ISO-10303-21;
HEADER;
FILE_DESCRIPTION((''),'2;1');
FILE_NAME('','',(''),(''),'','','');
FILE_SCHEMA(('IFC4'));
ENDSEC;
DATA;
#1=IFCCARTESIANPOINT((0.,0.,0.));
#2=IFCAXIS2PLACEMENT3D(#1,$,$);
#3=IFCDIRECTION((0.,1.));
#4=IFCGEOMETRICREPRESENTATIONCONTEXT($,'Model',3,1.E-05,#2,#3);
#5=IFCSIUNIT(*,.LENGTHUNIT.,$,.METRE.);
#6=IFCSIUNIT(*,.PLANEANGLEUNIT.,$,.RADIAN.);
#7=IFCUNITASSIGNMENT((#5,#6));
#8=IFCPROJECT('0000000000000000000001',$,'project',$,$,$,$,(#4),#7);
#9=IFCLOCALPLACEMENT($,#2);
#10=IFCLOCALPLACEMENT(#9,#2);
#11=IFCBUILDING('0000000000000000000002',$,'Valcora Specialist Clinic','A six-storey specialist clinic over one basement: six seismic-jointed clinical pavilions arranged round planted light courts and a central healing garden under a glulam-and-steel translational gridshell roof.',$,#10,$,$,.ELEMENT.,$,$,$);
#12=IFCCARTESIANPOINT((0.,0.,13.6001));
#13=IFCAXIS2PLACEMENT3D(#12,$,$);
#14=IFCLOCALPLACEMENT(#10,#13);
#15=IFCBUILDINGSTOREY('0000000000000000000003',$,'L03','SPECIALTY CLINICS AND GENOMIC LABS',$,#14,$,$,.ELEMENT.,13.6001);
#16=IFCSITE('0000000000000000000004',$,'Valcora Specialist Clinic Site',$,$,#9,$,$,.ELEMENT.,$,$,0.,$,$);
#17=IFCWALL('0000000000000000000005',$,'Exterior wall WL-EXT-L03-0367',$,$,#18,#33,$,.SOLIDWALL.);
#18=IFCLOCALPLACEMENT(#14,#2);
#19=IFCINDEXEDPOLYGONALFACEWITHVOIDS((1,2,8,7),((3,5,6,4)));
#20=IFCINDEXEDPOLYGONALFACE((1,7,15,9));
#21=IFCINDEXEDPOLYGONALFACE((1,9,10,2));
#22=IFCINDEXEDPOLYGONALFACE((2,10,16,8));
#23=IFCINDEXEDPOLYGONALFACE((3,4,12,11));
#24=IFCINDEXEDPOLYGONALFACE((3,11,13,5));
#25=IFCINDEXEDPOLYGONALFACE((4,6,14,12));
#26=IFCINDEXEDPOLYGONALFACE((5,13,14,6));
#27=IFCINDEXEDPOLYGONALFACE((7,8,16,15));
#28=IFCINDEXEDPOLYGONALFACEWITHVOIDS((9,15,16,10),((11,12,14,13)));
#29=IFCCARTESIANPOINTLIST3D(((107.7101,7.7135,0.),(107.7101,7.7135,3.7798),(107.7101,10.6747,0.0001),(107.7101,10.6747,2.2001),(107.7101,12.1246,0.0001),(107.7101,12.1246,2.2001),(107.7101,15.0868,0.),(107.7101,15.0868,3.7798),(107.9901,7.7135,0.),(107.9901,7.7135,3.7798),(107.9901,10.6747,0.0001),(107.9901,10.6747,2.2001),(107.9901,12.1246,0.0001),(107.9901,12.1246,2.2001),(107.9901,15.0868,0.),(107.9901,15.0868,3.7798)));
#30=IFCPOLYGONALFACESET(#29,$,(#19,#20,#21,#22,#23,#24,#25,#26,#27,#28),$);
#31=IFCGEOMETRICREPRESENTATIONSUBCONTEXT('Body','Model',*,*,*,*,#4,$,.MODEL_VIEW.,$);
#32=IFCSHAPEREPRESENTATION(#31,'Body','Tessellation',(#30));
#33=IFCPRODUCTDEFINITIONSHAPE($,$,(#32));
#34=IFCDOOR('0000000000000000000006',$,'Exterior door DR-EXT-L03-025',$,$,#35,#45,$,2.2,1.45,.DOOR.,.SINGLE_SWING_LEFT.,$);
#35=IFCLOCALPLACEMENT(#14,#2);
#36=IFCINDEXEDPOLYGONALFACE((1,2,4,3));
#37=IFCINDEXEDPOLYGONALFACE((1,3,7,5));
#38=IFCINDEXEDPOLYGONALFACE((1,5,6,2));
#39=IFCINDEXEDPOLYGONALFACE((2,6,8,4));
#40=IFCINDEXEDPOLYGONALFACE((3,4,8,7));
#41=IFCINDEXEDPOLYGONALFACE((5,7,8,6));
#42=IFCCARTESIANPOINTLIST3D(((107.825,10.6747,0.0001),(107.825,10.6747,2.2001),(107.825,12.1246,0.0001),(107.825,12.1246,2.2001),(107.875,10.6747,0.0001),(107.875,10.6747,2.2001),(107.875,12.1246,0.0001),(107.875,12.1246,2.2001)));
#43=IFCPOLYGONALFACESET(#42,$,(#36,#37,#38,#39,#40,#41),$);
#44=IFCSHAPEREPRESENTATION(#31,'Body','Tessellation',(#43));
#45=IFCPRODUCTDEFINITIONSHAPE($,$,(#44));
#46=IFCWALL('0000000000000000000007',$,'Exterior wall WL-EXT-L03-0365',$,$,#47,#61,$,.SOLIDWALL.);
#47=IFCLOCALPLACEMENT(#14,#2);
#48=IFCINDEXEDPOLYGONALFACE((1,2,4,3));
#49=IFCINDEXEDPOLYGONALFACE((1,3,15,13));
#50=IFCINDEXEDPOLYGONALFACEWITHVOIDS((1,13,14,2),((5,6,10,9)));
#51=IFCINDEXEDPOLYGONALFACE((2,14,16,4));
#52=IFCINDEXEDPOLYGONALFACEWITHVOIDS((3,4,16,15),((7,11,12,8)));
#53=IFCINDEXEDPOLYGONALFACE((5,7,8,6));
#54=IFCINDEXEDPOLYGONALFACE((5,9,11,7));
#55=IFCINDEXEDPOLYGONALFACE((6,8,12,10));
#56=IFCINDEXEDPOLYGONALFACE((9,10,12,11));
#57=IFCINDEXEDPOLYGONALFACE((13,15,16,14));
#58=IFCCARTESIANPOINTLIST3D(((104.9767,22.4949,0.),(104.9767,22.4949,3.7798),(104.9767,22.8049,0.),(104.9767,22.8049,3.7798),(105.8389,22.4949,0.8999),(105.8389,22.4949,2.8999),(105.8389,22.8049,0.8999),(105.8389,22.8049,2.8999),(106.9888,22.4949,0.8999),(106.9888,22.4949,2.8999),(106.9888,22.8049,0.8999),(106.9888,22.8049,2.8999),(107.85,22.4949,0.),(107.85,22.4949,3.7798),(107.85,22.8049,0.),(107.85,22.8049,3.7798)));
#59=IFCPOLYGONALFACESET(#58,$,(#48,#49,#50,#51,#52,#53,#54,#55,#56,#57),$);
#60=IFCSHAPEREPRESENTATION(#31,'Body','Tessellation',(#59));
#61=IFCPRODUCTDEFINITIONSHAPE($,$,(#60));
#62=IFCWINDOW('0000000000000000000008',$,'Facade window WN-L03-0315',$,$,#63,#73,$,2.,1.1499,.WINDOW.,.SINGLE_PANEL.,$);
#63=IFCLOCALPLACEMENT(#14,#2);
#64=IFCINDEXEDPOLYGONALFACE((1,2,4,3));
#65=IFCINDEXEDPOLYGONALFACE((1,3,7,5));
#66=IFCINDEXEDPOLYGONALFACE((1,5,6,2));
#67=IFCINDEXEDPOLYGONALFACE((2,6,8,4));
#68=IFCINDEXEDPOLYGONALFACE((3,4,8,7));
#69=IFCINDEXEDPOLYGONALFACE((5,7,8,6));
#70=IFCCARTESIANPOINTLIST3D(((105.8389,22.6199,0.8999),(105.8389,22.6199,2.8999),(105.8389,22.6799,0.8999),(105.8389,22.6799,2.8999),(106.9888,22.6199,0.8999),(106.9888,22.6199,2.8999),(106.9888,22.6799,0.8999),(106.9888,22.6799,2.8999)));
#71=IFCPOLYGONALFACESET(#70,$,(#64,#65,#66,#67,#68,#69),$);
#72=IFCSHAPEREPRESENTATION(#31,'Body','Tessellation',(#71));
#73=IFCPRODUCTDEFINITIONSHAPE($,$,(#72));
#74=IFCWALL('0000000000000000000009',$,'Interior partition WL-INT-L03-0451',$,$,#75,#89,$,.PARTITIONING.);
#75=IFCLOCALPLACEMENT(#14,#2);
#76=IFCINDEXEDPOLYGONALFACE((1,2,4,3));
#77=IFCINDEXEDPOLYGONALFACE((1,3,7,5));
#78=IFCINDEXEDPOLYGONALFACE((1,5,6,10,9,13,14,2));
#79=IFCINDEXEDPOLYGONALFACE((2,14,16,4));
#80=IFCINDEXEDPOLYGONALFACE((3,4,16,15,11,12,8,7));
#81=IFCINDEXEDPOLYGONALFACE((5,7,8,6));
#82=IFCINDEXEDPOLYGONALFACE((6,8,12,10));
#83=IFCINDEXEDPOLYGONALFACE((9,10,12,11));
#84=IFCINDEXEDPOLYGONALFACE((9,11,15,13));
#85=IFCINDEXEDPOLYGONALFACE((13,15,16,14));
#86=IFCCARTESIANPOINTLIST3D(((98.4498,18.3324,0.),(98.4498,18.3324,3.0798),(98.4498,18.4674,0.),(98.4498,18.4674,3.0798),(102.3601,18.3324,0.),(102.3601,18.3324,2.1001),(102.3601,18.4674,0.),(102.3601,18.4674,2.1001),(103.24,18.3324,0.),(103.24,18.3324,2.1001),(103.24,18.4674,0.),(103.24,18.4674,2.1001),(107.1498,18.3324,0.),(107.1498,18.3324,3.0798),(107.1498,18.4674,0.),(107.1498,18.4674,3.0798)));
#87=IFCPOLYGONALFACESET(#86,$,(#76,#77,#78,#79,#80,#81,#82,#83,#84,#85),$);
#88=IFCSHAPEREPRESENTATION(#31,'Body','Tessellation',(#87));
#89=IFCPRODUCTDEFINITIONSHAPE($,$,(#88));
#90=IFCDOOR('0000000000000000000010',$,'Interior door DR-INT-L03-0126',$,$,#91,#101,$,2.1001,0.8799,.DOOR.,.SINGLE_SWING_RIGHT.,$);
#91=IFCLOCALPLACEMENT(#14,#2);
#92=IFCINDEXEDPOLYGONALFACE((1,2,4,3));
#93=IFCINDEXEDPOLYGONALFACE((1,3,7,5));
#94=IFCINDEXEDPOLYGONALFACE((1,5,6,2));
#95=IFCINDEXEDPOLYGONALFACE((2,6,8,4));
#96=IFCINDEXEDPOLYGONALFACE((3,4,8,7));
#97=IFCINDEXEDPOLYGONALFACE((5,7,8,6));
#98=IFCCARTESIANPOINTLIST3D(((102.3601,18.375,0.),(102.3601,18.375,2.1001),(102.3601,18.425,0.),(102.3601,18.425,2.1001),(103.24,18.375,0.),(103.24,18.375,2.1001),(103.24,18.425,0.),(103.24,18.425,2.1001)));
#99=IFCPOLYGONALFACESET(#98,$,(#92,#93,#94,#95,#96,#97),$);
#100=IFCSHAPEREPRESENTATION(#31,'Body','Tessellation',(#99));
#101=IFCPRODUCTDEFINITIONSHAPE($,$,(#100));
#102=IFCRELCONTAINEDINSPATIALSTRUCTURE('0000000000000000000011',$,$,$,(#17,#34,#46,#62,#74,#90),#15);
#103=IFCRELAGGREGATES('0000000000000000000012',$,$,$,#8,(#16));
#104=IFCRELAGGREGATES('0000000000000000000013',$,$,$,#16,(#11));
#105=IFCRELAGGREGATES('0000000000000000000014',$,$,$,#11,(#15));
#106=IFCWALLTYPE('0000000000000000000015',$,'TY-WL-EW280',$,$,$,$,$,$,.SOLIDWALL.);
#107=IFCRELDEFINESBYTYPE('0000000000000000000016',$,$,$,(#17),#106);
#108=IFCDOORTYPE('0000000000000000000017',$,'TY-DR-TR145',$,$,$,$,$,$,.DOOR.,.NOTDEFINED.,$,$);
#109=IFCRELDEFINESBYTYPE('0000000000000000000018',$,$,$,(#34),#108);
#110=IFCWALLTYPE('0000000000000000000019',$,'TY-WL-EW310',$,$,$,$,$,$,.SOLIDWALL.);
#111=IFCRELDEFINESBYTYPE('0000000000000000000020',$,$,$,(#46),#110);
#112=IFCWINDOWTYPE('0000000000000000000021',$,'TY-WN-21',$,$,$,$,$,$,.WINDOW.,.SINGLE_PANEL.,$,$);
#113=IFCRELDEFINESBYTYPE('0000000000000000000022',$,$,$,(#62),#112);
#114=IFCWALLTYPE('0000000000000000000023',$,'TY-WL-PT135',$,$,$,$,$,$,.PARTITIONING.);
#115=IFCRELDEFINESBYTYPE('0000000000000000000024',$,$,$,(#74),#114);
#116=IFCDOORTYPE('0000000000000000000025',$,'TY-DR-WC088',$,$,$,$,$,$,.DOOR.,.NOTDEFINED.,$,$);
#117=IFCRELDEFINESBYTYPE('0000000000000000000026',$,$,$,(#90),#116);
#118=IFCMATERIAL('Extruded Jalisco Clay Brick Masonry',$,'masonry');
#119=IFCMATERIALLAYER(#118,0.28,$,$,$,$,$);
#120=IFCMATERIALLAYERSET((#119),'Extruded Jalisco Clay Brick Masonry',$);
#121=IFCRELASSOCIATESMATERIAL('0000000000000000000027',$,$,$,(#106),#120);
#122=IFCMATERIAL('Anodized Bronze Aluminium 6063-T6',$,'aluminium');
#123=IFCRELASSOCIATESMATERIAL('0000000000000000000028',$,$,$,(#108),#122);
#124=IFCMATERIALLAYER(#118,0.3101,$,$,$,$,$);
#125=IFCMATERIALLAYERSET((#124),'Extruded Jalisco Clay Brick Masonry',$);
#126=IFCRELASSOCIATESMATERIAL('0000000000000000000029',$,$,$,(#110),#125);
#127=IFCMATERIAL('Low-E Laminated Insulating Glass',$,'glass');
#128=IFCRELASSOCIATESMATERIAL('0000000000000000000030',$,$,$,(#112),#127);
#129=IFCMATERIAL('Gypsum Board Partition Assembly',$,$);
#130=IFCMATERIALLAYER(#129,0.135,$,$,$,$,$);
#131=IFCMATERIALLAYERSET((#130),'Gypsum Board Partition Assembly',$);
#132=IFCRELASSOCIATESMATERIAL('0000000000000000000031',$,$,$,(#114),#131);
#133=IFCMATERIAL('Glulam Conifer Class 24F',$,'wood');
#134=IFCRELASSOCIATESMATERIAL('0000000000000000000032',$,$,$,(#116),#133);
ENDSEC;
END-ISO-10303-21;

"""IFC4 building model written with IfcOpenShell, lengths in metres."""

from ifc_helpers import new_model, si_unit, direction, frame, frame_2d, origin, place, context, subcontext, project, spatial, rectangle, extrude, material, layer, layer_set, type_object, element, fill, save


model = new_model("IFC4")

# Units and contexts
model_context = context("Model", 3, precision=1e-05, world=origin(), true_north=direction((0.0, 1.0)))
body_context = subcontext(model_context, "Body", "Model", "MODEL_VIEW")
ifc_project = project(units=[si_unit("LENGTHUNIT", "METRE"), si_unit("PLANEANGLEUNIT", "RADIAN")], contexts=[model_context])

# Site, building, storey
site_placement = place(None, origin())
site = spatial("IfcSite", under=ifc_project, at=site_placement, Name="Valcora Specialist Clinic Site", CompositionType="ELEMENT", RefElevation=0.0)
building_placement = place(site_placement, origin())
building = spatial("IfcBuilding", under=site, at=building_placement, Name="Valcora Specialist Clinic", Description="A six-storey specialist clinic over one basement: six seismic-jointed clinical pavilions arranged round planted light courts and a central healing garden under a glulam-and-steel translational gridshell roof.", CompositionType="ELEMENT")
storey_placement = place(building_placement, frame((0.0, 0.0, 13.6001)))
storey = spatial("IfcBuildingStorey", under=building, at=storey_placement, Name="L03", Description="SPECIALTY CLINICS AND GENOMIC LABS", CompositionType="ELEMENT", Elevation=13.6001)

# Shared definitions
ifc_material_1 = material(Name="Anodized Bronze Aluminium 6063-T6", Category="aluminium")
ifc_material_2 = material(Name="Low-E Laminated Insulating Glass", Category="glass")

# Wall, opening, door
ifc_material_3 = material(Name="Extruded Jalisco Clay Brick Masonry", Category="masonry")
ifc_layer_1 = layer(ifc_material_3, 0.28)
ifc_layer_set_1 = layer_set([ifc_layer_1], Name="Extruded Jalisco Clay Brick Masonry")
wall_type_1 = type_object("IfcWallType", Name="TY-WL-EW280", PredefinedType="SOLIDWALL", material=ifc_layer_set_1)
wall_1_placement = place(storey_placement, frame((107.8501, 15.0867, 0.0), z_axis=(0.0, 0.0, 1.0), x_axis=(0.0, -1.0, 0.0)))
wall_1 = element("IfcWall", 1, at=wall_1_placement, inside=storey, type_object=wall_type_1, Name="Exterior wall WL-EXT-L03-0367", PredefinedType="SOLIDWALL", context=body_context, shape_type="SweptSolid", body=[
    extrude(rectangle(XDim=7.3733, YDim=0.28, at=frame_2d((3.6865, 0.0))), origin(), (0.0, 0.0, 1.0), 3.7798),
])
opening_1_placement = place(wall_1_placement, frame((2.9619, 0.0, 0.0)))
opening_1 = element("IfcOpeningElement", 2, at=opening_1_placement, cuts=wall_1, PredefinedType="OPENING", context=body_context, shape_type="SweptSolid", body=[
    extrude(rectangle(XDim=1.45, YDim=2.2, at=frame_2d((0.7251, 1.1001))), frame((0.0, 0.1499, 0.0), z_axis=(0.0, -1.0, 0.0), x_axis=(1.0, 0.0, 0.0)), (0.0, 0.0, 1.0), 0.3),
])
door_type_1 = type_object("IfcDoorType", Name="TY-DR-TR145", OperationType="NOTDEFINED", PredefinedType="DOOR", material=ifc_material_1)
door_1_placement = place(opening_1_placement, origin())
door_1 = element("IfcDoor", 3, at=door_1_placement, inside=storey, type_object=door_type_1, Name="Exterior door DR-EXT-L03-025", OperationType="SINGLE_SWING_LEFT", OverallHeight=2.2, OverallWidth=1.45, PredefinedType="DOOR", context=body_context, shape_type="SweptSolid", body=[
    extrude(rectangle(XDim=1.45, YDim=2.2, at=frame_2d((0.7251, 1.1001))), frame((0.0, 0.0249, 0.0), z_axis=(0.0, -1.0, 0.0), x_axis=(1.0, 0.0, 0.0)), (0.0, 0.0, 1.0), 0.05),
])
fill(opening_1, door_1)

# Wall, opening, window
ifc_layer_2 = layer(ifc_material_3, 0.3101)
ifc_layer_set_2 = layer_set([ifc_layer_2], Name="Extruded Jalisco Clay Brick Masonry")
wall_type_2 = type_object("IfcWallType", Name="TY-WL-EW310", PredefinedType="SOLIDWALL", material=ifc_layer_set_2)
wall_2_placement = place(storey_placement, frame((104.9768, 22.6499, 0.0), z_axis=(0.0, 0.0, 1.0), x_axis=(1.0, 0.0, 0.0)))
wall_2 = element("IfcWall", 4, at=wall_2_placement, inside=storey, type_object=wall_type_2, Name="Exterior wall WL-EXT-L03-0365", PredefinedType="SOLIDWALL", context=body_context, shape_type="SweptSolid", body=[
    extrude(rectangle(XDim=2.8733, YDim=0.3101, at=frame_2d((1.4365, 0.0))), origin(), (0.0, 0.0, 1.0), 3.7798),
])
opening_2_placement = place(wall_2_placement, frame((0.8621, 0.0, 0.8999)))
opening_2 = element("IfcOpeningElement", 5, at=opening_2_placement, cuts=wall_2, PredefinedType="OPENING", context=body_context, shape_type="SweptSolid", body=[
    extrude(rectangle(XDim=1.1499, YDim=2.0, at=frame_2d((0.575, 1.0))), frame((0.0, 0.165, 0.0), z_axis=(0.0, -1.0, 0.0), x_axis=(1.0, 0.0, 0.0)), (0.0, 0.0, 1.0), 0.3301),
])
window_type = type_object("IfcWindowType", Name="TY-WN-21", PartitioningType="SINGLE_PANEL", PredefinedType="WINDOW", material=ifc_material_2)
window_placement = place(opening_2_placement, origin())
window = element("IfcWindow", 6, at=window_placement, inside=storey, type_object=window_type, Name="Facade window WN-L03-0315", OverallHeight=2.0, OverallWidth=1.1499, PartitioningType="SINGLE_PANEL", PredefinedType="WINDOW", context=body_context, shape_type="SweptSolid", body=[
    extrude(rectangle(XDim=1.1499, YDim=2.0, at=frame_2d((0.575, 1.0))), frame((0.0, 0.03, 0.0), z_axis=(0.0, -1.0, 0.0), x_axis=(1.0, 0.0, 0.0)), (0.0, 0.0, 1.0), 0.0601),
])
fill(opening_2, window)

# Wall, opening, door
ifc_material_4 = material(Name="Gypsum Board Partition Assembly")
ifc_layer_3 = layer(ifc_material_4, 0.135)
ifc_layer_set_3 = layer_set([ifc_layer_3], Name="Gypsum Board Partition Assembly")
wall_type_3 = type_object("IfcWallType", Name="TY-WL-PT135", PredefinedType="PARTITIONING", material=ifc_layer_set_3)
wall_3_placement = place(storey_placement, frame((107.1499, 18.3999, 0.0), z_axis=(0.0, 0.0, 1.0), x_axis=(-1.0, 0.0, 0.0)))
wall_3 = element("IfcWall", 7, at=wall_3_placement, inside=storey, type_object=wall_type_3, Name="Interior partition WL-INT-L03-0451", PredefinedType="PARTITIONING", context=body_context, shape_type="SweptSolid", body=[
    extrude(rectangle(XDim=8.7, YDim=0.135, at=frame_2d((4.3501, 0.0))), origin(), (0.0, 0.0, 1.0), 3.0798),
])
opening_3_placement = place(wall_3_placement, frame((3.9099, 0.0, 0.0)))
opening_3 = element("IfcOpeningElement", 8, at=opening_3_placement, cuts=wall_3, PredefinedType="OPENING", context=body_context, shape_type="SweptSolid", body=[
    extrude(rectangle(XDim=0.8799, YDim=2.1001, at=frame_2d((0.4399, 1.05))), frame((0.0, 0.0774, 0.0), z_axis=(0.0, -1.0, 0.0), x_axis=(1.0, 0.0, 0.0)), (0.0, 0.0, 1.0), 0.155),
])
ifc_material_5 = material(Name="Glulam Conifer Class 24F", Category="wood")
door_type_2 = type_object("IfcDoorType", Name="TY-DR-WC088", OperationType="NOTDEFINED", PredefinedType="DOOR", material=ifc_material_5)
door_2_placement = place(opening_3_placement, origin())
door_2 = element("IfcDoor", 9, at=door_2_placement, inside=storey, type_object=door_type_2, Name="Interior door DR-INT-L03-0126", OperationType="SINGLE_SWING_RIGHT", OverallHeight=2.1001, OverallWidth=0.8799, PredefinedType="DOOR", context=body_context, shape_type="SweptSolid", body=[
    extrude(rectangle(XDim=0.8799, YDim=2.1001, at=frame_2d((0.4399, 1.05))), frame((0.0, 0.0249, 0.0), z_axis=(0.0, -1.0, 0.0), x_axis=(1.0, 0.0, 0.0)), (0.0, 0.0, 1.0), 0.05),
])
fill(opening_3, door_2)

save(model, "model.ifc")
